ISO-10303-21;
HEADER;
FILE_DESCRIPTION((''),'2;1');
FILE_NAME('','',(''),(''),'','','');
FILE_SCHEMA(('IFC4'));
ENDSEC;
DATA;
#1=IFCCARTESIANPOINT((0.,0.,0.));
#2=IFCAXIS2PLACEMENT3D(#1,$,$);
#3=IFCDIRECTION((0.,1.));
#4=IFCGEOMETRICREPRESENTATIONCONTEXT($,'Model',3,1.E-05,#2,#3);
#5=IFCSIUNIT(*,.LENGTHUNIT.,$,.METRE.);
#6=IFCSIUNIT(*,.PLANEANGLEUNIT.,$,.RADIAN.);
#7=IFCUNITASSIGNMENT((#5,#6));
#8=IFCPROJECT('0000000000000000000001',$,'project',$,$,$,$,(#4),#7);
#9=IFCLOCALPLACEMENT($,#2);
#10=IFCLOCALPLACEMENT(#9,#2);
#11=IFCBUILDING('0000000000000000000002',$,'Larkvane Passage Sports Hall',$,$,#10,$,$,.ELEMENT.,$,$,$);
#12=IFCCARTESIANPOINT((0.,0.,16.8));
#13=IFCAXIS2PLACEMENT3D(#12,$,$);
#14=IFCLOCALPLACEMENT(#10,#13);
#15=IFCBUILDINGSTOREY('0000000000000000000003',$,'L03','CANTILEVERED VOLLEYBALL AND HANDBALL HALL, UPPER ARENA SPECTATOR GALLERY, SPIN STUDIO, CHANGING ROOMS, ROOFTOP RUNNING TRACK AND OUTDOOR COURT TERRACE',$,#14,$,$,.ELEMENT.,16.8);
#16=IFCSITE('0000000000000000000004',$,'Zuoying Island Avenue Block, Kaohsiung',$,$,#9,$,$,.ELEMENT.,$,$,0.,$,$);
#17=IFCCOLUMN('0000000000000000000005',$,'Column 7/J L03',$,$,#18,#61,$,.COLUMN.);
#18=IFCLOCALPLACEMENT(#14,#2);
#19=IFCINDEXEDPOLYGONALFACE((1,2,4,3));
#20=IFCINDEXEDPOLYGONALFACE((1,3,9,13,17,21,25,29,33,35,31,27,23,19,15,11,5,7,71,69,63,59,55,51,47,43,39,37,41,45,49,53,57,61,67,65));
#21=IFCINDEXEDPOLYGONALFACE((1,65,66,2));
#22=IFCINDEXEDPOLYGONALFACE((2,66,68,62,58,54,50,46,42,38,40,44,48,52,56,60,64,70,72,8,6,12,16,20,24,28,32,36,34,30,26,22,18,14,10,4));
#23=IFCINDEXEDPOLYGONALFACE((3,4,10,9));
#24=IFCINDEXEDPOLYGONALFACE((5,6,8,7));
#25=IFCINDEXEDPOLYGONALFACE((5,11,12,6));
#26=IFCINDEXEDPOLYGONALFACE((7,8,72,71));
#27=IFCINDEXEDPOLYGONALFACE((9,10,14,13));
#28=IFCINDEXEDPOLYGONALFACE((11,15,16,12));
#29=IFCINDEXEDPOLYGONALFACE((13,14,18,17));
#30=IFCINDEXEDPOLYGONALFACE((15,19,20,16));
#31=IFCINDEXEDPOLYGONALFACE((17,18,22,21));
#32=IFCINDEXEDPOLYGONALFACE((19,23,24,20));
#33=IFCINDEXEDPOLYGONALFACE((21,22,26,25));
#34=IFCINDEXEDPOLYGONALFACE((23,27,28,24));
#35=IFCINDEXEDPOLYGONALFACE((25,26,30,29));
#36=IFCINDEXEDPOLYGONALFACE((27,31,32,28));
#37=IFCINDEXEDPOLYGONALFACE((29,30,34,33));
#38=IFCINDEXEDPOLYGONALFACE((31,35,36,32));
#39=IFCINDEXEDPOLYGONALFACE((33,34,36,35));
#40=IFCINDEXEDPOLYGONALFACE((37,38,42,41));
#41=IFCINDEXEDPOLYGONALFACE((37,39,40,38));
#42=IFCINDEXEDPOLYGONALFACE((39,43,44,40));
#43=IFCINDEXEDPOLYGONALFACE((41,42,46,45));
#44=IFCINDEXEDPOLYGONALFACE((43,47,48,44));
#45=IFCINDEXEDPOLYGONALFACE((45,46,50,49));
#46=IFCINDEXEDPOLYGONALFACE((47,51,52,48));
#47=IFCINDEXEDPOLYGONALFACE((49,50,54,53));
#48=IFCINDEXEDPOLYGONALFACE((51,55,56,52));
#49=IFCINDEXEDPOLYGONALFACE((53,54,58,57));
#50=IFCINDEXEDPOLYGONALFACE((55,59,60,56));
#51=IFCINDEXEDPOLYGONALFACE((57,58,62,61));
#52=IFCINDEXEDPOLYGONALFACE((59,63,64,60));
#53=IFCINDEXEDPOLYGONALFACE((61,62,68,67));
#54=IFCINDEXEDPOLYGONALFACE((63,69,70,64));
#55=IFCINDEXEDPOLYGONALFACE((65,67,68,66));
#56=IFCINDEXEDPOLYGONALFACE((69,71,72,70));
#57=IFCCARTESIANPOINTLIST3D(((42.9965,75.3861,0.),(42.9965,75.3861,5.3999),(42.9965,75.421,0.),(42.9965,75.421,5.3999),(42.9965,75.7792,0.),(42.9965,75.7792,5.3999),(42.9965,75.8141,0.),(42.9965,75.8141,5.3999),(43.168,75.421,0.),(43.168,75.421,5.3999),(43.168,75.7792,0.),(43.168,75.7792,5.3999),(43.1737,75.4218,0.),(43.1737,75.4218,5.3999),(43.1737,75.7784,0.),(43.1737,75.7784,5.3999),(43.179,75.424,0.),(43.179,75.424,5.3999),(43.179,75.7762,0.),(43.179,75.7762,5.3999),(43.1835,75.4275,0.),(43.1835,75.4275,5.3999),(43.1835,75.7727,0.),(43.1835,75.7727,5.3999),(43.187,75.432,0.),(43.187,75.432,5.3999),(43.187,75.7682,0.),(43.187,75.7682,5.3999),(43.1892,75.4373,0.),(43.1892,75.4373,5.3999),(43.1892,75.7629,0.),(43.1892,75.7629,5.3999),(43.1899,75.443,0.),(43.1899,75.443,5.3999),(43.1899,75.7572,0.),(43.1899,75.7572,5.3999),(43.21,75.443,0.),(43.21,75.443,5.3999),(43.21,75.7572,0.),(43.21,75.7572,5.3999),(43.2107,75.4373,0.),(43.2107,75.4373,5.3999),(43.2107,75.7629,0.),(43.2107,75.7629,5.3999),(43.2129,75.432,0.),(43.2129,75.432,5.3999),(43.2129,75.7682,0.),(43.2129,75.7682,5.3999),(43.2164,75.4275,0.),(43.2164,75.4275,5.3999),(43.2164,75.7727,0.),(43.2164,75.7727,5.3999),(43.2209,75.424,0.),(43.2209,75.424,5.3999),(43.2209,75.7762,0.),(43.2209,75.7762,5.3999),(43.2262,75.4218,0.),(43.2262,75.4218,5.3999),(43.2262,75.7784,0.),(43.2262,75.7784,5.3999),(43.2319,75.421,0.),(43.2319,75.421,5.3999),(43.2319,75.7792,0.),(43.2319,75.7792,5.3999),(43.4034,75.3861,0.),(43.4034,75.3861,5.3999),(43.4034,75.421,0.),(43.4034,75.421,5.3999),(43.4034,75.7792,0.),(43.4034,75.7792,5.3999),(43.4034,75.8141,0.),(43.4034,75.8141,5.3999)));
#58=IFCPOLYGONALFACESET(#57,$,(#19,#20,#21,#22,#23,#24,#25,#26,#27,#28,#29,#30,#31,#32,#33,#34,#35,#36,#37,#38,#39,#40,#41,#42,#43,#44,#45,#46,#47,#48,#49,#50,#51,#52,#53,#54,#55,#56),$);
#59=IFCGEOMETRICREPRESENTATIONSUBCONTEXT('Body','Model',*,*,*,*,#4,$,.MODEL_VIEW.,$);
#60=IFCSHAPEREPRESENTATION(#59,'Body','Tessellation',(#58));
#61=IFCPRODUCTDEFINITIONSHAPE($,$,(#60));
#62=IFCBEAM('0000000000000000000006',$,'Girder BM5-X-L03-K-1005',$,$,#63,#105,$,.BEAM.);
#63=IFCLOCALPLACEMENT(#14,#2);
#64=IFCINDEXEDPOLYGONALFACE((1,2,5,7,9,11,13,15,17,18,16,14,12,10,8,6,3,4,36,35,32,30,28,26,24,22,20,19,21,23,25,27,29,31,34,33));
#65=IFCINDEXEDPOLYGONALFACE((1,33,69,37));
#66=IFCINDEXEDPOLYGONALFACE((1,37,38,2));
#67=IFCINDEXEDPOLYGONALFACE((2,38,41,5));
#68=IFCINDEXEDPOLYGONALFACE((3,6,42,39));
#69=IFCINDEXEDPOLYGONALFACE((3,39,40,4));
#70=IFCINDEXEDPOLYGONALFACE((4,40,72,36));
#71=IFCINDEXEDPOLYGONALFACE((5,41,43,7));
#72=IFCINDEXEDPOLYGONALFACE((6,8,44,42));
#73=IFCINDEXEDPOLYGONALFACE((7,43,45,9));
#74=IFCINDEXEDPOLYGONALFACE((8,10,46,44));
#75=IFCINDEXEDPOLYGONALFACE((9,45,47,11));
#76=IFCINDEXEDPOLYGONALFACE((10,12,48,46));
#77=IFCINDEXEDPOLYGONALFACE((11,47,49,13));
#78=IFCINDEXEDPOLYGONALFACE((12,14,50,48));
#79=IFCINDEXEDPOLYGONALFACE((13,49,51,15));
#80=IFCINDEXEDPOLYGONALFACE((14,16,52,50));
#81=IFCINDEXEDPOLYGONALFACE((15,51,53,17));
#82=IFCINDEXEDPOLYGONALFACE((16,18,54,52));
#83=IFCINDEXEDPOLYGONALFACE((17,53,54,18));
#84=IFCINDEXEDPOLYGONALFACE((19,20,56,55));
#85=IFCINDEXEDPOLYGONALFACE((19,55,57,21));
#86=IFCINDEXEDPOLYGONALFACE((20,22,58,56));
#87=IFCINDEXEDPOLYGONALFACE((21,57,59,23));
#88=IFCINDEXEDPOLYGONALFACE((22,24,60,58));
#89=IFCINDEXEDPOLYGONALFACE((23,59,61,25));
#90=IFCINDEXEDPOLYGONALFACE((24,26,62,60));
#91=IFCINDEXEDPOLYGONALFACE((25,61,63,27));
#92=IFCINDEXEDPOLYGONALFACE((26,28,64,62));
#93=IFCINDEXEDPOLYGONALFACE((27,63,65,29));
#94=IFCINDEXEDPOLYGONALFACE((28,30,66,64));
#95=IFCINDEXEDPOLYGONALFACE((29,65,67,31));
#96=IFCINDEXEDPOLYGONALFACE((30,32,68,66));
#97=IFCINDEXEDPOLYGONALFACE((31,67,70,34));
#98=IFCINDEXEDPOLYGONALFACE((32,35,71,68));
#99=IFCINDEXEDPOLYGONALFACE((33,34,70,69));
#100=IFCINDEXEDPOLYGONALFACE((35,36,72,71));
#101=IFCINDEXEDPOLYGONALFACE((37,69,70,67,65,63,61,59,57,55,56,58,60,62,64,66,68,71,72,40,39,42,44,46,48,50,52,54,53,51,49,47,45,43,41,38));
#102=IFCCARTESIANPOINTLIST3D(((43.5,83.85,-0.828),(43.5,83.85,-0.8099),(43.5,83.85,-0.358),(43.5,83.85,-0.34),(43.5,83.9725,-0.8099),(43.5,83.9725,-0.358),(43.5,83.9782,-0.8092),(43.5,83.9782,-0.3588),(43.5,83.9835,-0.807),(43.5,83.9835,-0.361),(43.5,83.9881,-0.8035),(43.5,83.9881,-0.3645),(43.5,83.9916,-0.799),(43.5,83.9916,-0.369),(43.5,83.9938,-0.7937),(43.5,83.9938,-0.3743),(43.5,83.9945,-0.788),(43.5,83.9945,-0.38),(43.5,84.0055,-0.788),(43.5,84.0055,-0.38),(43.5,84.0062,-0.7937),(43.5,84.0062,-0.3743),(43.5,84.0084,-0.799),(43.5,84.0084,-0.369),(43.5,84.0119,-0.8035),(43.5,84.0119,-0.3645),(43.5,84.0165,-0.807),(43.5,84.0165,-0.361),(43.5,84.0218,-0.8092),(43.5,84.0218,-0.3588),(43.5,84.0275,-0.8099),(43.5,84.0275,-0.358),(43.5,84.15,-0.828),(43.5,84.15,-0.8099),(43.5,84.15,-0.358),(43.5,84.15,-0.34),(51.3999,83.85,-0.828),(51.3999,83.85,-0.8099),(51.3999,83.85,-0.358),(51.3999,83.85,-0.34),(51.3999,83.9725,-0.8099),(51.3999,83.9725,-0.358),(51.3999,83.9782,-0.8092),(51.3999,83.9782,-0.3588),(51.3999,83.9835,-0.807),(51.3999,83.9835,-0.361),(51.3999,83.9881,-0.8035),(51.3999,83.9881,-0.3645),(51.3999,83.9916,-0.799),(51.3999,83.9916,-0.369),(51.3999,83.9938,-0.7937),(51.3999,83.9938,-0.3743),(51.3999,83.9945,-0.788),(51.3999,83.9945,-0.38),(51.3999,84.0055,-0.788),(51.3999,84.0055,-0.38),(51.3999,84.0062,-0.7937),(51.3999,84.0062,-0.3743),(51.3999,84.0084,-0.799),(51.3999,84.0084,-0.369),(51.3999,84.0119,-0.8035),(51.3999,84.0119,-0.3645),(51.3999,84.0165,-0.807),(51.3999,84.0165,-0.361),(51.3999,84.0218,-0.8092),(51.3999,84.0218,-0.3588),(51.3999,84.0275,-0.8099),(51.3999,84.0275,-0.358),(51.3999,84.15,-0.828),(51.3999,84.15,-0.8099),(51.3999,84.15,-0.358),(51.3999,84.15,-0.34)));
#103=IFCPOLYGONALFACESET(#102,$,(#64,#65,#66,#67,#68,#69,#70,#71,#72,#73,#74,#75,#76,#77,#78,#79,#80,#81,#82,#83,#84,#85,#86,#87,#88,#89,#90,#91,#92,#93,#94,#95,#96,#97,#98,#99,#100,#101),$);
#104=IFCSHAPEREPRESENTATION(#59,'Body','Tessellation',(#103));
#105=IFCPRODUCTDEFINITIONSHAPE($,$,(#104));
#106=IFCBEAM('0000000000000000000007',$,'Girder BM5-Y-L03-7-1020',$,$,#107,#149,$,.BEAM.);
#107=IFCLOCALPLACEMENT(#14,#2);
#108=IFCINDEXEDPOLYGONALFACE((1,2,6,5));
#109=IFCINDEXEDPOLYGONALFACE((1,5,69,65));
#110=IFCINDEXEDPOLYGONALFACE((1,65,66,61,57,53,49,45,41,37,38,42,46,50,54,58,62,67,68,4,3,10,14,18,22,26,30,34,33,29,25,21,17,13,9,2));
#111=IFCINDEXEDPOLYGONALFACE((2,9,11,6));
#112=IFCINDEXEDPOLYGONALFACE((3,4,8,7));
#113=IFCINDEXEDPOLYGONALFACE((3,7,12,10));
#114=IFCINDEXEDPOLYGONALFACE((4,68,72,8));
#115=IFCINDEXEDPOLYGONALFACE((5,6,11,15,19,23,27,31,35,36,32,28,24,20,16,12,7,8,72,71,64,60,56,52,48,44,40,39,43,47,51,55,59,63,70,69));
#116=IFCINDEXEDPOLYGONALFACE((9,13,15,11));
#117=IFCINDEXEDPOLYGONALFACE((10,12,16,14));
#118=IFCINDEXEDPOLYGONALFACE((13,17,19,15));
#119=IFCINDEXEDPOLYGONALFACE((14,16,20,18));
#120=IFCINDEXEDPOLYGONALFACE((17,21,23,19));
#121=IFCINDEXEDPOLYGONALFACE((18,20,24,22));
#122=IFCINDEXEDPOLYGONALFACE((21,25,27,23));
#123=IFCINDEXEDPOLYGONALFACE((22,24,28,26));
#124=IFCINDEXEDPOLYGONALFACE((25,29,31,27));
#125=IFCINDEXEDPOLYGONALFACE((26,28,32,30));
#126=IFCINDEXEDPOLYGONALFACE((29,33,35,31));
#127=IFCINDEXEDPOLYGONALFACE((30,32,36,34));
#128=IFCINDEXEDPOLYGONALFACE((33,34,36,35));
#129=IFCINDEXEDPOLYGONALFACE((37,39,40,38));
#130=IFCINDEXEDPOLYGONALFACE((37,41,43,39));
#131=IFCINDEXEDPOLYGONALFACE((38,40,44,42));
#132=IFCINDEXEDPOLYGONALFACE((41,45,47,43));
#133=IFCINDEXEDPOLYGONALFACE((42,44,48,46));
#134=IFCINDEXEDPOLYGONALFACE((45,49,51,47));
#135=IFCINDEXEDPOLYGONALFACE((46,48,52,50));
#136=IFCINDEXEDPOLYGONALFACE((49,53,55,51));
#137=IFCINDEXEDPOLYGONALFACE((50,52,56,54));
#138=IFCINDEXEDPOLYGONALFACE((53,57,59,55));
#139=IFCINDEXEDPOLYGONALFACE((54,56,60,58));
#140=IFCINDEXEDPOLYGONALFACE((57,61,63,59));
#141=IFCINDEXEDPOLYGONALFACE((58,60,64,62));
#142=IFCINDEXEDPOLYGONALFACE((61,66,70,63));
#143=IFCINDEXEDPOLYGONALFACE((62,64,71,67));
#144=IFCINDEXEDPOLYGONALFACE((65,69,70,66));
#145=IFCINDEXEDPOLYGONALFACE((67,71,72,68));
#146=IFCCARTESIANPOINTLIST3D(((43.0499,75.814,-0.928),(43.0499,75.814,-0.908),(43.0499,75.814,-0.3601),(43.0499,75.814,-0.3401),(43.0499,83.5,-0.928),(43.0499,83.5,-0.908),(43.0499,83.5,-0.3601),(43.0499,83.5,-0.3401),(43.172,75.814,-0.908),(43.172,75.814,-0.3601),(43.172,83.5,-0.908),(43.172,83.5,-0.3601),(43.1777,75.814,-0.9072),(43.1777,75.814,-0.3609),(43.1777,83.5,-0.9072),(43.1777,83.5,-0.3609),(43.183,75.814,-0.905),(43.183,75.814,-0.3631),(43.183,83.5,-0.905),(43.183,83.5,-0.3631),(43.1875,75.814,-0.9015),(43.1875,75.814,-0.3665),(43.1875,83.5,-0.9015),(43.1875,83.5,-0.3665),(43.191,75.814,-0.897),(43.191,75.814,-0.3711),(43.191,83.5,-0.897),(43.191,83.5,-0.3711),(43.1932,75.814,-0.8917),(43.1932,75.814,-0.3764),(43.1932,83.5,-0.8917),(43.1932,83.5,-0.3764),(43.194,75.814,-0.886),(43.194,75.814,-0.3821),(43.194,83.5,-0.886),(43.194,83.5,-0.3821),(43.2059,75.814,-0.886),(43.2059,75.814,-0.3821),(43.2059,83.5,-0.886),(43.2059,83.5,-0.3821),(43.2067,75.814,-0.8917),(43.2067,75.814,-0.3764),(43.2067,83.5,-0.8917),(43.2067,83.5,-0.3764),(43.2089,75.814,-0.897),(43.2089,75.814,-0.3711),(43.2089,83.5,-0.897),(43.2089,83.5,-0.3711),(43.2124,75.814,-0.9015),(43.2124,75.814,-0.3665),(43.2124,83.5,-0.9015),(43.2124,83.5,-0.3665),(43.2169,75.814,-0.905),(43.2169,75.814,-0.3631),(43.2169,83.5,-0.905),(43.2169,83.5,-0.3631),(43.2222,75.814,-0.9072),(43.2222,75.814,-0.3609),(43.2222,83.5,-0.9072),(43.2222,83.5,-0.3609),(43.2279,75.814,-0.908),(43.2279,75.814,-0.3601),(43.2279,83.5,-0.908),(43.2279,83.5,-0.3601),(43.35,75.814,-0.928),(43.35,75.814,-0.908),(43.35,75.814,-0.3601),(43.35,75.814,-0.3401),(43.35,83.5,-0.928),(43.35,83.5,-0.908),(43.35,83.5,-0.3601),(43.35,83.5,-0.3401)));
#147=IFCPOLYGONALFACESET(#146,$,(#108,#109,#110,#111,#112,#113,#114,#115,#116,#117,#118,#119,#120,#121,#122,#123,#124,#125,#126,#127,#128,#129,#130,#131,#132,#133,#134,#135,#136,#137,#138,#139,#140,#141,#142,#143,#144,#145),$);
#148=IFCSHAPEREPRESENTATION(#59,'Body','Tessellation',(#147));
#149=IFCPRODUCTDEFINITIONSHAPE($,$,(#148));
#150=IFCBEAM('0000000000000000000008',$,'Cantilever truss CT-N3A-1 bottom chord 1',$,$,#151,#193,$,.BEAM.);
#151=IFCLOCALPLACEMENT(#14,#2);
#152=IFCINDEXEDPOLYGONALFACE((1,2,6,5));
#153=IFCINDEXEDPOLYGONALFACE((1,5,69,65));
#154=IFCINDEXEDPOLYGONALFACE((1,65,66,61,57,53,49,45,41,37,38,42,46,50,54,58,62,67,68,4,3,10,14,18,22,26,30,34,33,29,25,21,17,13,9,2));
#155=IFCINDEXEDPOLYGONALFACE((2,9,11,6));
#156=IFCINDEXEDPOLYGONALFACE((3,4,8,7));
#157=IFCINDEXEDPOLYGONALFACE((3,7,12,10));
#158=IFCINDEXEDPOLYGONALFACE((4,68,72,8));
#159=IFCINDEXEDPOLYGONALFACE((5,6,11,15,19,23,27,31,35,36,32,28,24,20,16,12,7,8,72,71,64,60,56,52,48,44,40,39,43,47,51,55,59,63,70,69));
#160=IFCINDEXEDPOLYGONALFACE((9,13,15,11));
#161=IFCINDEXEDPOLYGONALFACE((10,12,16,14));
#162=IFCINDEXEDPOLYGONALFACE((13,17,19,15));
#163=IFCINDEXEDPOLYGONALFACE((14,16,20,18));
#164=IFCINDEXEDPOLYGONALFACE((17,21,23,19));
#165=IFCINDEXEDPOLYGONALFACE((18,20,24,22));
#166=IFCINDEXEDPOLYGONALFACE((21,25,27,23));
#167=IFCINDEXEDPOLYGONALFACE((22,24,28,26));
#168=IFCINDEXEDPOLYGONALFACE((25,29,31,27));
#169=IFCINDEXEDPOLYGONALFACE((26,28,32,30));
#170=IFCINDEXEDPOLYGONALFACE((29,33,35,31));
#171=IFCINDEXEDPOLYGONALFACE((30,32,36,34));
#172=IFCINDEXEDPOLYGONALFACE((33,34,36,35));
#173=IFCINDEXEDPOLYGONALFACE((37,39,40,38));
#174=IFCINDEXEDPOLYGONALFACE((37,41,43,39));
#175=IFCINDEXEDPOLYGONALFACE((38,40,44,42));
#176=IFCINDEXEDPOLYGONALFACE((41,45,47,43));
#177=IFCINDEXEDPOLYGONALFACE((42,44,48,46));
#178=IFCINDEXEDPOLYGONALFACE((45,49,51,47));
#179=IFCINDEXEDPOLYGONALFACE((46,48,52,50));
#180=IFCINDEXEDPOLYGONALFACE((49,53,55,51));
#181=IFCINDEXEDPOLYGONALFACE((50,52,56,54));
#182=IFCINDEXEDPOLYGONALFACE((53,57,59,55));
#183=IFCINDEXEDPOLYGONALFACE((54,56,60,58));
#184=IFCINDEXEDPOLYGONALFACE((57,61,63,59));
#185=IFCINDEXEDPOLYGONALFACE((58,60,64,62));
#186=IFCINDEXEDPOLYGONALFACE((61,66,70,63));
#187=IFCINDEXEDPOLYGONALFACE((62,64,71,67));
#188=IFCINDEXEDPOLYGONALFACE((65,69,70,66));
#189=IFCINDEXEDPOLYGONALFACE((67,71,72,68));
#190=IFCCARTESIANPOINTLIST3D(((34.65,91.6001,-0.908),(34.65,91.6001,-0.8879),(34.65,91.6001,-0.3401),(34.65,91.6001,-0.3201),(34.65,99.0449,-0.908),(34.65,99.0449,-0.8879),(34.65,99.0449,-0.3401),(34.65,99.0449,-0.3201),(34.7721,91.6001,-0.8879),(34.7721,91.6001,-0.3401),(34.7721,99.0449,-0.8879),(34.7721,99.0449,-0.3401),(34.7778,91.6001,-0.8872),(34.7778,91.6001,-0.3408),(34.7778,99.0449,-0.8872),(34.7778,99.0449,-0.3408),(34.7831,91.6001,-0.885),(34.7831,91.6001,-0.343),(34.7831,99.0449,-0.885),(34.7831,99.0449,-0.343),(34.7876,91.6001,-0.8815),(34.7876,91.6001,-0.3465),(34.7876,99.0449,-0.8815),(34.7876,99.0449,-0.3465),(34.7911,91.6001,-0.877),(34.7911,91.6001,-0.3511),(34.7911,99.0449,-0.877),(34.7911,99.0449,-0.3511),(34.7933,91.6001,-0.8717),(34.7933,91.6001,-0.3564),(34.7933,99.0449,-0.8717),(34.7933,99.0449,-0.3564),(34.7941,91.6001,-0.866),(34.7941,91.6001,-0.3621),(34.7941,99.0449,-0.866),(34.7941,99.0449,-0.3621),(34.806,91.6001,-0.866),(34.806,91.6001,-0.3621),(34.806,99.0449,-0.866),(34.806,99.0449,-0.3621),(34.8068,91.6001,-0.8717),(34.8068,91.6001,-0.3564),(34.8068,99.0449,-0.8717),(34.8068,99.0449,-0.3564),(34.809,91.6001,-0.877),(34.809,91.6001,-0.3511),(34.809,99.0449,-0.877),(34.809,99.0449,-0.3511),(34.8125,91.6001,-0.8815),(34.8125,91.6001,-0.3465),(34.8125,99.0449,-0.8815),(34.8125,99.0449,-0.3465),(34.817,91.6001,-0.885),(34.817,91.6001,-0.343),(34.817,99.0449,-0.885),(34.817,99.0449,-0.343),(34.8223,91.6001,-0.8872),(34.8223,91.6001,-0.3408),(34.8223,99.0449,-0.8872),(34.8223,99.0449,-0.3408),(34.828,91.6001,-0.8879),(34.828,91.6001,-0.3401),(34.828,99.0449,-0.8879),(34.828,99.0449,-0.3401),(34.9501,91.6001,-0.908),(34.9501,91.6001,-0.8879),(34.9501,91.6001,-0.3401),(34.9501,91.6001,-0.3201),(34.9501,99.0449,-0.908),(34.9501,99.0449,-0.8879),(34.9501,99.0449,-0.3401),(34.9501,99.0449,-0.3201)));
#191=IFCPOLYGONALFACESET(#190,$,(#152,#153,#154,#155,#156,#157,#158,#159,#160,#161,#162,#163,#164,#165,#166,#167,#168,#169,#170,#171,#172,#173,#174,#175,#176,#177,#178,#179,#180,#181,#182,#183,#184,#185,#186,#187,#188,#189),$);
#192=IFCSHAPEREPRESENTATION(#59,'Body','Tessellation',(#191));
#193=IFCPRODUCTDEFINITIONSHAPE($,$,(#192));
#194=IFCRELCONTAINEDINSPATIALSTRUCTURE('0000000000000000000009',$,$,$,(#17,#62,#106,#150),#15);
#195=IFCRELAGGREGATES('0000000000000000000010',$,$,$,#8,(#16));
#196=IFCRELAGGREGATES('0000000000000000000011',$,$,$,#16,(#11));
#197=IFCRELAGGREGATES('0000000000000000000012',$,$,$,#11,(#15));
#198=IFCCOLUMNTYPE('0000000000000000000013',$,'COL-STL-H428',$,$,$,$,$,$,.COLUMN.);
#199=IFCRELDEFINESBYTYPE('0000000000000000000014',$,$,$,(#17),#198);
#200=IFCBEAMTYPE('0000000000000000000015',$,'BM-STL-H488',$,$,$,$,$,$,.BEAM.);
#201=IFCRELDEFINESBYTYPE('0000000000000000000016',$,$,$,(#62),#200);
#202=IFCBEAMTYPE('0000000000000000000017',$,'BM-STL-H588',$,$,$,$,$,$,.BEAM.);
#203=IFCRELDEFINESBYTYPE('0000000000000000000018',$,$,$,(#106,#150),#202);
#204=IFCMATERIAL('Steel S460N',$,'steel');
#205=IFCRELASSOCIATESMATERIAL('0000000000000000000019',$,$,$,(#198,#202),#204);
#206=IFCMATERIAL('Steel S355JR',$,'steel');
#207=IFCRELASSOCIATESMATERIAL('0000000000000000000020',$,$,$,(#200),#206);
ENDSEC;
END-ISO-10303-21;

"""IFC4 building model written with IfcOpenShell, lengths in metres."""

from ifc_helpers import new_model, si_unit, direction, frame, origin, origin_2d, place, context, subcontext, project, spatial, i_section, extrude, material, material_profile, profile_set, type_object, element, save


model = new_model("IFC4")

# Units and contexts
model_context = context("Model", 3, precision=1e-05, world=origin(), true_north=direction((0.0, 1.0)))
body_context = subcontext(model_context, "Body", "Model", "MODEL_VIEW")
ifc_project = project(units=[si_unit("LENGTHUNIT", "METRE"), si_unit("PLANEANGLEUNIT", "RADIAN")], contexts=[model_context])

# Site, building, storey
site_placement = place(None, origin())
site = spatial("IfcSite", under=ifc_project, at=site_placement, Name="Zuoying Island Avenue Block, Kaohsiung", CompositionType="ELEMENT", RefElevation=0.0)
building_placement = place(site_placement, origin())
building = spatial("IfcBuilding", under=site, at=building_placement, Name="Larkvane Passage Sports Hall", CompositionType="ELEMENT")
storey_placement = place(building_placement, frame((0.0, 0.0, 16.8)))
storey = spatial("IfcBuildingStorey", under=building, at=storey_placement, Name="L03", Description="CANTILEVERED VOLLEYBALL AND HANDBALL HALL, UPPER ARENA SPECTATOR GALLERY, SPIN STUDIO, CHANGING ROOMS, ROOFTOP RUNNING TRACK AND OUTDOOR COURT TERRACE", CompositionType="ELEMENT", Elevation=16.8)

# Column
ifc_material_1 = material(Name="Steel S460N", Category="steel")
ifc_material_profile_1 = material_profile(ifc_material_1, i_section(OverallWidth=0.407, OverallDepth=0.428, WebThickness=0.02, FlangeThickness=0.0349, FilletRadius=0.022, at=origin_2d()), Name="H-428x407x20x35")
ifc_profile_set_1 = profile_set([ifc_material_profile_1], Name="Steel S460N")
column_type_1 = type_object("IfcColumnType", Name="COL-STL-H428", PredefinedType="COLUMN", material=ifc_profile_set_1)
column_1_placement = place(storey_placement, frame((43.2, 75.6001, 0.0), z_axis=(0.0, 0.0, 1.0), x_axis=(1.0, 0.0, 0.0)))
element("IfcColumn", 1, at=column_1_placement, inside=storey, type_object=column_type_1, Name="Column 7/J L03", PredefinedType="COLUMN", context=body_context, shape_type="SweptSolid", body=[
    extrude(i_section(OverallWidth=0.407, OverallDepth=0.428, WebThickness=0.02, FlangeThickness=0.0349, FilletRadius=0.022, at=origin_2d()), origin(), (0.0, 0.0, 1.0), 5.3999),
])

# Beams
ifc_material_2 = material(Name="Steel S355JR", Category="steel")
ifc_material_profile_2 = material_profile(ifc_material_2, i_section(OverallWidth=0.3, OverallDepth=0.488, WebThickness=0.011, FlangeThickness=0.0181, FilletRadius=0.022, at=origin_2d()), Name="H-488x300x11x18")
ifc_profile_set_2 = profile_set([ifc_material_profile_2], Name="Steel S355JR")
beam_type_1 = type_object("IfcBeamType", Name="BM-STL-H488", PredefinedType="BEAM", material=ifc_profile_set_2)
beam_1_placement = place(storey_placement, frame((43.5, 84.0, -0.584), z_axis=(1.0, 0.0, 0.0), x_axis=(0.0, 1.0, 0.0)))
element("IfcBeam", 2, at=beam_1_placement, inside=storey, type_object=beam_type_1, Name="Girder BM5-X-L03-K-1005", PredefinedType="BEAM", context=body_context, shape_type="SweptSolid", body=[
    extrude(i_section(OverallWidth=0.3, OverallDepth=0.488, WebThickness=0.011, FlangeThickness=0.0181, FilletRadius=0.022, at=origin_2d()), origin(), (0.0, 0.0, 1.0), 7.8999),
])
ifc_material_profile_3 = material_profile(ifc_material_1, i_section(OverallWidth=0.3, OverallDepth=0.5879, WebThickness=0.012, FlangeThickness=0.02, FilletRadius=0.022, at=origin_2d()), Name="H-588x300x12x20")
ifc_profile_set_3 = profile_set([ifc_material_profile_3], Name="Steel S460N")
beam_type_2 = type_object("IfcBeamType", Name="BM-STL-H588", PredefinedType="BEAM", material=ifc_profile_set_3)
beam_2_placement = place(storey_placement, frame((43.2, 75.814, -0.634), z_axis=(0.0, 1.0, 0.0), x_axis=(-1.0, 0.0, 0.0)))
element("IfcBeam", 3, at=beam_2_placement, inside=storey, type_object=beam_type_2, Name="Girder BM5-Y-L03-7-1020", PredefinedType="BEAM", context=body_context, shape_type="SweptSolid", body=[
    extrude(i_section(OverallWidth=0.3, OverallDepth=0.5879, WebThickness=0.012, FlangeThickness=0.02, FilletRadius=0.022, at=origin_2d()), origin(), (0.0, 0.0, 1.0), 7.686),
])
for number, where, z_axis, x_axis, name in (
    (4, (34.8, 91.6001, -0.614), (0.0, 1.0, 0.0), (-1.0, 0.0, 0.0), "Cantilever truss CT-N3A-1 bottom chord 1"),
):
    element("IfcBeam", number, at=place(storey_placement, frame(where, z_axis=z_axis, x_axis=x_axis)), inside=storey, type_object=beam_type_2, Name=name, PredefinedType="BEAM", context=body_context, shape_type="SweptSolid", body=[
        extrude(i_section(OverallWidth=0.3, OverallDepth=0.5879, WebThickness=0.012, FlangeThickness=0.02, FilletRadius=0.022, at=origin_2d()), origin(), (0.0, 0.0, 1.0), 7.4448),
    ])

save(model, "model.ifc")
